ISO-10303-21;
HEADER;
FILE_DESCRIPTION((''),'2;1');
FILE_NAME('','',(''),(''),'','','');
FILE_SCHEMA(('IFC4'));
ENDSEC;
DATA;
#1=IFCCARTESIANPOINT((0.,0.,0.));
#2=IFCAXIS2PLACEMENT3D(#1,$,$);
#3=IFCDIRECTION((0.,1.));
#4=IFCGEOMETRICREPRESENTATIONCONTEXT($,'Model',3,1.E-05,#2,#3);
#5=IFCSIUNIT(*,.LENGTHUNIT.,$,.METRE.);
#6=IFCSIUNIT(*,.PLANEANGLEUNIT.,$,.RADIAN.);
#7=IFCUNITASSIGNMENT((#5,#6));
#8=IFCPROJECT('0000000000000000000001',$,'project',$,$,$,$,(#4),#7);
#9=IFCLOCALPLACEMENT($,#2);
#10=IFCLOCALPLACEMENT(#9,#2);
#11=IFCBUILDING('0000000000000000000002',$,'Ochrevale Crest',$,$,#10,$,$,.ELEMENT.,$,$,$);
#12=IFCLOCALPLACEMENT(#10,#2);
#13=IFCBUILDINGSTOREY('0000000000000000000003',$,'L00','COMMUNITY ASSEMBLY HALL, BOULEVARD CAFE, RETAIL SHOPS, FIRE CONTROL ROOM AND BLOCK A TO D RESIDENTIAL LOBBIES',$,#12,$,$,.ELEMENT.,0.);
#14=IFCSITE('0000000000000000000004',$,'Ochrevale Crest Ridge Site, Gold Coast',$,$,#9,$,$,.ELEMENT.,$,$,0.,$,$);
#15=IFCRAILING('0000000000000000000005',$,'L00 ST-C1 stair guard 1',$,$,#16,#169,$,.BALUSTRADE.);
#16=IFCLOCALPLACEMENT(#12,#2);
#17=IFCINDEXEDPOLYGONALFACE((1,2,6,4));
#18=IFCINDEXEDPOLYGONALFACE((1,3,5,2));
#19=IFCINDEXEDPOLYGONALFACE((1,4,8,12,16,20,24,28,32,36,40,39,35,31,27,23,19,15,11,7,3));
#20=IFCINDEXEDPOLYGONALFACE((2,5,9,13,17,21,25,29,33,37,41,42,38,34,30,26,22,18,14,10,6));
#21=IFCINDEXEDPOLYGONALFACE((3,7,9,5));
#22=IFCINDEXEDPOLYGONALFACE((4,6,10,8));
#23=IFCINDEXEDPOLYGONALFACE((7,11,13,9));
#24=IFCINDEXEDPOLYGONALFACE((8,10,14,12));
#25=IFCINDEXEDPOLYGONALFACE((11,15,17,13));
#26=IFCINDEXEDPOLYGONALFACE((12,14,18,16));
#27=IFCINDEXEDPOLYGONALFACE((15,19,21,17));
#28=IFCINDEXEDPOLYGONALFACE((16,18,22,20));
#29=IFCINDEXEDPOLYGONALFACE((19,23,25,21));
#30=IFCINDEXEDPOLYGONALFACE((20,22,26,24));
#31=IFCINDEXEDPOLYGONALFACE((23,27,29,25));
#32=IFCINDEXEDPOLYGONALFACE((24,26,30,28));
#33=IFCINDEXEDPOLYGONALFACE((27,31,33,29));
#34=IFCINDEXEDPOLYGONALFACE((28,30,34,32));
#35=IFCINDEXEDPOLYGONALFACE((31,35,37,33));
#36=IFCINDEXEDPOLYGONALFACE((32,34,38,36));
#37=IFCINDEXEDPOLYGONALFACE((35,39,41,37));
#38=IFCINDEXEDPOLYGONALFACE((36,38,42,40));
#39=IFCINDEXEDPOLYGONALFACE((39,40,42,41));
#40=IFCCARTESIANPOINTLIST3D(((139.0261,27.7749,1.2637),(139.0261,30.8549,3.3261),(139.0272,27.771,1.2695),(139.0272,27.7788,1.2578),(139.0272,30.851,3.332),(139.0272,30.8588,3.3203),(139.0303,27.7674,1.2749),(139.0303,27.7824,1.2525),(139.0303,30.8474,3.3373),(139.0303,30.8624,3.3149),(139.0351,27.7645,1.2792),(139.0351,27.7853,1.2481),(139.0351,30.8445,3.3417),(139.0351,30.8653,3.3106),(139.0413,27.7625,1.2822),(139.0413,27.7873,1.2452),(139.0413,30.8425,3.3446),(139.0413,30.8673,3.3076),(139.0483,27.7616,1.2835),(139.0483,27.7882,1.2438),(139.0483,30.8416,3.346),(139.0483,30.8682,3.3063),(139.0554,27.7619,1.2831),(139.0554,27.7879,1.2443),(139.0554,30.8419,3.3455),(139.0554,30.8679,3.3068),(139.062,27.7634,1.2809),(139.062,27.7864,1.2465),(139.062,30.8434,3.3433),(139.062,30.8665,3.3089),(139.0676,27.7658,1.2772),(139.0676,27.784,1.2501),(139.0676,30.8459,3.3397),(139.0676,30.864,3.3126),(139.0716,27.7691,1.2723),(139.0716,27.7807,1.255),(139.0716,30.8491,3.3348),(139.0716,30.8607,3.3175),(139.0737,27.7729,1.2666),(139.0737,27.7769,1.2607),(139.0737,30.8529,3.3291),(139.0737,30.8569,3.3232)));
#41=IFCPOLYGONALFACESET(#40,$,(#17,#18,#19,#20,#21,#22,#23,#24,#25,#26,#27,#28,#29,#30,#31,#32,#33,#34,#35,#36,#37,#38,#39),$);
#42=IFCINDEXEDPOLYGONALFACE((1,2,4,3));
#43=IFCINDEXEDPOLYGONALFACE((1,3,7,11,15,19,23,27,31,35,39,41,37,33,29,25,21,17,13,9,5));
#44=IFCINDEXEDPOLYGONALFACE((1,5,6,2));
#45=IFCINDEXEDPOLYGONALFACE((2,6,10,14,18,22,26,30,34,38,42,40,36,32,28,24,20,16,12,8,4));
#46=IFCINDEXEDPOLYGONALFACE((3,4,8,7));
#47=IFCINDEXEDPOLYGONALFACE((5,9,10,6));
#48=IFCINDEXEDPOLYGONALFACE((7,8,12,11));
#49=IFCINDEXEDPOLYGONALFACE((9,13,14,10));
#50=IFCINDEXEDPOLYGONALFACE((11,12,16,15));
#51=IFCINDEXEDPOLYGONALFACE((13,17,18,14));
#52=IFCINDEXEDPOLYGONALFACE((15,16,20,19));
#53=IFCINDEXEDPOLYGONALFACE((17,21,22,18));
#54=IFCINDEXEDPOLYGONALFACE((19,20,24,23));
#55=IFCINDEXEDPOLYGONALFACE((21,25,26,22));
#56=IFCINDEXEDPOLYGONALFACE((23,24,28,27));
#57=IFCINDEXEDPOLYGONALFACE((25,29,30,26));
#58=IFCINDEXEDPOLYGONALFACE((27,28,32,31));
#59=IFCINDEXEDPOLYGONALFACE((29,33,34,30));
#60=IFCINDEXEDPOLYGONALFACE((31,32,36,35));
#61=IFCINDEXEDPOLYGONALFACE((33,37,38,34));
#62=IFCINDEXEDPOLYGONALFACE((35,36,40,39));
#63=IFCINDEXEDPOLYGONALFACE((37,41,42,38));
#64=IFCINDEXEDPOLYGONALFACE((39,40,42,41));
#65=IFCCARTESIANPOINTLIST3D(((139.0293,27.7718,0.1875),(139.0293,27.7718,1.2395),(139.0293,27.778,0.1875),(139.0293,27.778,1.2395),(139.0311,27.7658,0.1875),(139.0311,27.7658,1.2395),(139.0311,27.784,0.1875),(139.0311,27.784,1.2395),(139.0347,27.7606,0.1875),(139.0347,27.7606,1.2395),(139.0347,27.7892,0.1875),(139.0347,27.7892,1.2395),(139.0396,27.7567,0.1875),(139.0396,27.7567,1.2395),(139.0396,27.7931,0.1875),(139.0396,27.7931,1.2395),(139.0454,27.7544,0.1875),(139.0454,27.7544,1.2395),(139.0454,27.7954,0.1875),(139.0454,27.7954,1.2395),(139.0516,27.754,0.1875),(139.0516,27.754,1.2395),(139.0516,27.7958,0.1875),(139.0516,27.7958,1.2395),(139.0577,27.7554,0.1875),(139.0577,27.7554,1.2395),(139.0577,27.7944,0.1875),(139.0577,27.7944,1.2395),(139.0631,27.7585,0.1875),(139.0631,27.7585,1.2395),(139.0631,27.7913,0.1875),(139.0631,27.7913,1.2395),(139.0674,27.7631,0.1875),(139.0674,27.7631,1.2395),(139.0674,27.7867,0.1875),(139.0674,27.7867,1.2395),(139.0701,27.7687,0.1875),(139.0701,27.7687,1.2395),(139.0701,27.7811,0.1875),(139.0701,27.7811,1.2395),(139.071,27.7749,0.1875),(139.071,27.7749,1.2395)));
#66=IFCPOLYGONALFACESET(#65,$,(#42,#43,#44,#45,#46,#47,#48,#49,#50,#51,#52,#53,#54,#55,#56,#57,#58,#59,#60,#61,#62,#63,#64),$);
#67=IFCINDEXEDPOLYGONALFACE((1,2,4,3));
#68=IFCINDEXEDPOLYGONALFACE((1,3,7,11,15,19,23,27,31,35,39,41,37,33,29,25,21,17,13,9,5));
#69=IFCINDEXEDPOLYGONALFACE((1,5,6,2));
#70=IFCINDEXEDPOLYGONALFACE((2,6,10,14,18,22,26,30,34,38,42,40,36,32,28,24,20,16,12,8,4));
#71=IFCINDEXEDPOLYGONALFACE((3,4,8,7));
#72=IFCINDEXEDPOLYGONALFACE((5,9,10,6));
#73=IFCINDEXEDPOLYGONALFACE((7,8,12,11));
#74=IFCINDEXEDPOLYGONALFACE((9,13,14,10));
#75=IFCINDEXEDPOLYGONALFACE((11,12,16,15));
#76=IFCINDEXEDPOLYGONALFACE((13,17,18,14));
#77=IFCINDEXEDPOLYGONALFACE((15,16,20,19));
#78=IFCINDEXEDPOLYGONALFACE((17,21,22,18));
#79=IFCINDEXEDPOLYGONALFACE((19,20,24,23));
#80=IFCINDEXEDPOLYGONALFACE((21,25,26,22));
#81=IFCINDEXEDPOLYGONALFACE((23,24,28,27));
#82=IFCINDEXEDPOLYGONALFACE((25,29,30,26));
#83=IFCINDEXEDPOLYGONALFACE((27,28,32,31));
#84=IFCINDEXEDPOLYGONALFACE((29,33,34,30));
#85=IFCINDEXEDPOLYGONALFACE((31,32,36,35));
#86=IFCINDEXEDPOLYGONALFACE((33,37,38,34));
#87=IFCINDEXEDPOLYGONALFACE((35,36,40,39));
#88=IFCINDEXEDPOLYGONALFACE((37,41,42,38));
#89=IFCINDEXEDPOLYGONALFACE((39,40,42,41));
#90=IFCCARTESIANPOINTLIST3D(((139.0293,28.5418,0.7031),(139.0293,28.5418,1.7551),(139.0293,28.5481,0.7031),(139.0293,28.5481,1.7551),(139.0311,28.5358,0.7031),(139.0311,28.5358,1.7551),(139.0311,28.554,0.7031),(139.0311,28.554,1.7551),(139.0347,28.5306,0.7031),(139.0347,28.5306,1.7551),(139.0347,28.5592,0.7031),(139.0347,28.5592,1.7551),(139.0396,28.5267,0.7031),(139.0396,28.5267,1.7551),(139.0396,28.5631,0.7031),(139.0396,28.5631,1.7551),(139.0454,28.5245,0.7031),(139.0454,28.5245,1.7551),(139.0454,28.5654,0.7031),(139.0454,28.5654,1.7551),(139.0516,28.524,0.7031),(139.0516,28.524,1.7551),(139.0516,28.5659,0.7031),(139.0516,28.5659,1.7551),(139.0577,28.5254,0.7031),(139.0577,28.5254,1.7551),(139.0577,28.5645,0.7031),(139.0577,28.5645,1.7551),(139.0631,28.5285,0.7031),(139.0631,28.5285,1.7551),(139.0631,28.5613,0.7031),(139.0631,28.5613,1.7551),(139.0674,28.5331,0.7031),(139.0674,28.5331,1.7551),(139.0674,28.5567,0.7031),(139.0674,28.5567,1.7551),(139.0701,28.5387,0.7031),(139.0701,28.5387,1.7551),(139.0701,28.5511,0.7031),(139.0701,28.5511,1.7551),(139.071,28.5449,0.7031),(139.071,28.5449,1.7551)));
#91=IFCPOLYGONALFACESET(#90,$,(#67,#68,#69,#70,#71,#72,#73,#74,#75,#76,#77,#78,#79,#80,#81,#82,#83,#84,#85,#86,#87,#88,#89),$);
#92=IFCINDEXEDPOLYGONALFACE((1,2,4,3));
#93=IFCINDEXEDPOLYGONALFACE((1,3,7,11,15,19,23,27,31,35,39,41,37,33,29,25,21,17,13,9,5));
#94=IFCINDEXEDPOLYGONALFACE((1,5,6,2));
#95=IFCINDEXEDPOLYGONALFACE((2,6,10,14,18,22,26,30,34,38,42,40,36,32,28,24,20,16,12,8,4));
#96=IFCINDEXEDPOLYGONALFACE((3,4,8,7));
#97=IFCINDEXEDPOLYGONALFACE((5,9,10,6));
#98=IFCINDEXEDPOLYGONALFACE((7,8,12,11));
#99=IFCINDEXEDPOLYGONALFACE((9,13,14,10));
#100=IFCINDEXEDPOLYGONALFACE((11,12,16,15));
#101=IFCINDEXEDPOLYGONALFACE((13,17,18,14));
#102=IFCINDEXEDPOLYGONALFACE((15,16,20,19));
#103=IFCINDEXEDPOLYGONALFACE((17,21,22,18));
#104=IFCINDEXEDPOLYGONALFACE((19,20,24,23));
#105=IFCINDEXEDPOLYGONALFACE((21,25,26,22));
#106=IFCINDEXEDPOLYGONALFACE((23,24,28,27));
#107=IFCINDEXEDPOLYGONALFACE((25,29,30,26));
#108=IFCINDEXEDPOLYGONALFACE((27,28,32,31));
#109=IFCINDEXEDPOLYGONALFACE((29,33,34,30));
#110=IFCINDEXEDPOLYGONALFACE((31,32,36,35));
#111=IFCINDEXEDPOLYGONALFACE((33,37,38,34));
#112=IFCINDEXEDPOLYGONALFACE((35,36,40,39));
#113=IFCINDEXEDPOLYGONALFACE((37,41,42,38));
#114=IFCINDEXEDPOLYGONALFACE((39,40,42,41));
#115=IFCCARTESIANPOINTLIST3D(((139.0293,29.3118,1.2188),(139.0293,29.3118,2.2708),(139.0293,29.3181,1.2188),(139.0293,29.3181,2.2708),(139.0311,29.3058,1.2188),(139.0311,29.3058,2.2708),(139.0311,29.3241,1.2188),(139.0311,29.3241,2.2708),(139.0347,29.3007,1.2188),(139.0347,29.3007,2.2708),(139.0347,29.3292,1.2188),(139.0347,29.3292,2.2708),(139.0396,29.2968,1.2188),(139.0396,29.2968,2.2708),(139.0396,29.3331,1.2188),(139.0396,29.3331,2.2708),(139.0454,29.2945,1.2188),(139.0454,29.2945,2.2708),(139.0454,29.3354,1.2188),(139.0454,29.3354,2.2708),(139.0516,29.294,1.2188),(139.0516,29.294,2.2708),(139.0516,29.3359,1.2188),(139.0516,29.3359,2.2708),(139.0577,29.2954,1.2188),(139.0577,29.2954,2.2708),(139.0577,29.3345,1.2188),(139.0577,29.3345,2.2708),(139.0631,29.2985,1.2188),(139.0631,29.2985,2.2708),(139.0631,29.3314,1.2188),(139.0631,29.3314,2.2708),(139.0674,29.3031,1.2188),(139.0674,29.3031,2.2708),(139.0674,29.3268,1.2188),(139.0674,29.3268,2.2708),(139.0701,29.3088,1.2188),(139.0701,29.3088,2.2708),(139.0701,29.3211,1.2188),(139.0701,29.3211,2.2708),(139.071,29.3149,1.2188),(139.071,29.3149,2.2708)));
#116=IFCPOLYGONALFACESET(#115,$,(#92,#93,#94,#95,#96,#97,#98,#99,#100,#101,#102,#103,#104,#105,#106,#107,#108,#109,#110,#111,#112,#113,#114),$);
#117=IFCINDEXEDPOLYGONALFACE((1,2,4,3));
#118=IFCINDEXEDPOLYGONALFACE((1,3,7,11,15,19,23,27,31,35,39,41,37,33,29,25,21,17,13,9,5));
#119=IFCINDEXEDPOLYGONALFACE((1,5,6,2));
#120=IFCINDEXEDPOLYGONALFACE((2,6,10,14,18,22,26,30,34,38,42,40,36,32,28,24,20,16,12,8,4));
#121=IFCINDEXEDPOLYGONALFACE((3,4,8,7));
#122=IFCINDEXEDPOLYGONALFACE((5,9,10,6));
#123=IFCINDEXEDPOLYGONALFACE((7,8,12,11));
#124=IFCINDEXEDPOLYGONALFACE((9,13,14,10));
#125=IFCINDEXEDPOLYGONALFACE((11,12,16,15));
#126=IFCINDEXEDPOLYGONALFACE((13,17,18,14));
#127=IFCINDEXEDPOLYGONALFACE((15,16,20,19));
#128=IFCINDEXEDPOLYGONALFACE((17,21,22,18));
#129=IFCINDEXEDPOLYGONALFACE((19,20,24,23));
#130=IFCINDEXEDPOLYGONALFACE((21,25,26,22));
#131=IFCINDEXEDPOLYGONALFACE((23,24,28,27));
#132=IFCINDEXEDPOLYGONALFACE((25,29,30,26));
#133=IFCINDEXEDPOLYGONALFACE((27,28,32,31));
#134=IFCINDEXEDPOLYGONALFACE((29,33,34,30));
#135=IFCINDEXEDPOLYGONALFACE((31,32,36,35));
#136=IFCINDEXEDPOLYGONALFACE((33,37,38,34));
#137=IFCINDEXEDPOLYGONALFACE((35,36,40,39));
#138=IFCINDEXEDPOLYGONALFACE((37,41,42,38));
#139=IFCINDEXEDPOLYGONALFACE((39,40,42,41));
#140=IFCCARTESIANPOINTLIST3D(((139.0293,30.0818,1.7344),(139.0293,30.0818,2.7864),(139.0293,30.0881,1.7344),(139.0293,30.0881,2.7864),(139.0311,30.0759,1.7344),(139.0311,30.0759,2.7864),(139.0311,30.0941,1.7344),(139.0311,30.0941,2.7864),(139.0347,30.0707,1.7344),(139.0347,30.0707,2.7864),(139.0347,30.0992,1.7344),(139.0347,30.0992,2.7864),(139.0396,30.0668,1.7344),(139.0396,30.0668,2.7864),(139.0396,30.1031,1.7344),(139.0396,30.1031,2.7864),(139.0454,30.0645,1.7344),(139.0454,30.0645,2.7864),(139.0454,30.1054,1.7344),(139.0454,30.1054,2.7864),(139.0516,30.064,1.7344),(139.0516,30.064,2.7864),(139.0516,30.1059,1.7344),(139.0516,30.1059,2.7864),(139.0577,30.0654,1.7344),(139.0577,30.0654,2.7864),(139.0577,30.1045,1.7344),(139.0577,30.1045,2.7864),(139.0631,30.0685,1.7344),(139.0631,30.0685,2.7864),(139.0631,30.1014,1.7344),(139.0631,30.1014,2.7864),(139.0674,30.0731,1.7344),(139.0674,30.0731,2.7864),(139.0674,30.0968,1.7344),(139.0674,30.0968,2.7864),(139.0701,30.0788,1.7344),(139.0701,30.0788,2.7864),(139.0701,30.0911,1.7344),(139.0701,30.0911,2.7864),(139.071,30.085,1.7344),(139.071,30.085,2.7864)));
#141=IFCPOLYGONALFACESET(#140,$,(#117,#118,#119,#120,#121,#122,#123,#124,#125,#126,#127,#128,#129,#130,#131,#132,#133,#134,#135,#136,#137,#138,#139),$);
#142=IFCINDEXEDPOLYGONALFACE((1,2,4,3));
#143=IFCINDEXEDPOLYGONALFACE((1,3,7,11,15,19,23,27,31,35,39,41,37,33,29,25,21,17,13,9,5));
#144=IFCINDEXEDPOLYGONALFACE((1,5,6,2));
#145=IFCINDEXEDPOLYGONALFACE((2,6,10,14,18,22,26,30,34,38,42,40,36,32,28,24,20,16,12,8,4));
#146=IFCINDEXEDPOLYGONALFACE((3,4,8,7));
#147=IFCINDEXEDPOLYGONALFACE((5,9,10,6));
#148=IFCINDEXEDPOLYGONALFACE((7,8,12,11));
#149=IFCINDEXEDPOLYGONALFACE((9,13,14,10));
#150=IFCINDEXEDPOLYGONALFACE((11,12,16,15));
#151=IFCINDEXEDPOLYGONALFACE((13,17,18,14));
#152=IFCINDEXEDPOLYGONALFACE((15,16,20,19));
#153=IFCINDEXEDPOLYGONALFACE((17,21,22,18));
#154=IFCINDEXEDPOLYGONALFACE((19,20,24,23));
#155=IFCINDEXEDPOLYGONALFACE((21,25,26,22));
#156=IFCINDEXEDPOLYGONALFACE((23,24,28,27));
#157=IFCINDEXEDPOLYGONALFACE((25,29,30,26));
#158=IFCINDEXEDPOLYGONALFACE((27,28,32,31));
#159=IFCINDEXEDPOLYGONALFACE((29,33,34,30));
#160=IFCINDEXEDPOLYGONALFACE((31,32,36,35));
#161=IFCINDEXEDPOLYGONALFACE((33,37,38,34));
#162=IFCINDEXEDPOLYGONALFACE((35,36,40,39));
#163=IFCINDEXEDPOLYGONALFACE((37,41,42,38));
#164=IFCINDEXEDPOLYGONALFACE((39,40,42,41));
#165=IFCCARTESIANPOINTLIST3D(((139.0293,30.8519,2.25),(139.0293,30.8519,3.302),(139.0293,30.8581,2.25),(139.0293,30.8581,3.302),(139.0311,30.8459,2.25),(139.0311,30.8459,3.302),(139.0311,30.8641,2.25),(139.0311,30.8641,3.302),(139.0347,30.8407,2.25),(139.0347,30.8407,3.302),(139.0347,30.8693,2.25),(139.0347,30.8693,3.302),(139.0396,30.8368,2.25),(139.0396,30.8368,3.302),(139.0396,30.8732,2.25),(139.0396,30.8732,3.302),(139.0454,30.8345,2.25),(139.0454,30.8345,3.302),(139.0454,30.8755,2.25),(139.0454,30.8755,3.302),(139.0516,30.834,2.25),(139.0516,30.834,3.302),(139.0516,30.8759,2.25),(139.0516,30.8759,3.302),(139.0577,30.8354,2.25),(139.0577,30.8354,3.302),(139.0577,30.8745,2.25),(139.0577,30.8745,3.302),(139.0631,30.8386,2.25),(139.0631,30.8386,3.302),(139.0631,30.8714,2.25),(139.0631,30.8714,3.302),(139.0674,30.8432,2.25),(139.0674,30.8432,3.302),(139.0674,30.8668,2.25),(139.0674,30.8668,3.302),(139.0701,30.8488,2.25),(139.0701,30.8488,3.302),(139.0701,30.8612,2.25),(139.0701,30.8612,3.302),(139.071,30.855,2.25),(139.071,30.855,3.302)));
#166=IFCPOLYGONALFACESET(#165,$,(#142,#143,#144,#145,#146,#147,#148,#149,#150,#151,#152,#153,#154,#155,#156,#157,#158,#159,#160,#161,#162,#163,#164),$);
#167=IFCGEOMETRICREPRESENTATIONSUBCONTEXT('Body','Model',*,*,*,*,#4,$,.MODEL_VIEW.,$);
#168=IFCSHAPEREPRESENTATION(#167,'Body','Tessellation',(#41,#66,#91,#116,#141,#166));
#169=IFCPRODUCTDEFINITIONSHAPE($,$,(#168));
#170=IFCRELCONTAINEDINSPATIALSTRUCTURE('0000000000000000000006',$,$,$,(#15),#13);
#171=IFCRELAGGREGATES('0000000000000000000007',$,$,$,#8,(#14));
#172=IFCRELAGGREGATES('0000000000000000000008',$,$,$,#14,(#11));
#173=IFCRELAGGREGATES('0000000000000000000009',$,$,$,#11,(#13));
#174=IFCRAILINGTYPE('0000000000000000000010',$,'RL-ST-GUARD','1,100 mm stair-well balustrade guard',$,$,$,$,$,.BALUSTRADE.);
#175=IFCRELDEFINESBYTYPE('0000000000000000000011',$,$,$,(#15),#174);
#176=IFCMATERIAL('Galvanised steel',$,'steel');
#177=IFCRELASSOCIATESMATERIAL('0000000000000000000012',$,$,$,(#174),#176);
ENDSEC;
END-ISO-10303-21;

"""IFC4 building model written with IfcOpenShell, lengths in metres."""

from ifc_helpers import new_model, si_unit, direction, frame, origin, origin_2d, place, context, subcontext, project, spatial, circle, extrude, material, type_object, element, save


model = new_model("IFC4")

# Units and contexts
model_context = context("Model", 3, precision=1e-05, world=origin(), true_north=direction((0.0, 1.0)))
body_context = subcontext(model_context, "Body", "Model", "MODEL_VIEW")
ifc_project = project(units=[si_unit("LENGTHUNIT", "METRE"), si_unit("PLANEANGLEUNIT", "RADIAN")], contexts=[model_context])

# Site, building, storey
site_placement = place(None, origin())
site = spatial("IfcSite", under=ifc_project, at=site_placement, Name="Ochrevale Crest Ridge Site, Gold Coast", CompositionType="ELEMENT", RefElevation=0.0)
building_placement = place(site_placement, origin())
building = spatial("IfcBuilding", under=site, at=building_placement, Name="Ochrevale Crest", CompositionType="ELEMENT")
storey_placement = place(building_placement, origin())
storey = spatial("IfcBuildingStorey", under=building, at=storey_placement, Name="L00", Description="COMMUNITY ASSEMBLY HALL, BOULEVARD CAFE, RETAIL SHOPS, FIRE CONTROL ROOM AND BLOCK A TO D RESIDENTIAL LOBBIES", CompositionType="ELEMENT", Elevation=0.0)

# Railing
ifc_material_1 = material(Name="Galvanised steel", Category="steel")
railing_type_1 = type_object("IfcRailingType", Name="RL-ST-GUARD", Description="1,100 mm stair-well balustrade guard", PredefinedType="BALUSTRADE", material=ifc_material_1)
railing_1_placement = place(storey_placement, frame((139.05, 27.7749, 0.1875)))
element("IfcRailing", 1, at=railing_1_placement, inside=storey, type_object=railing_type_1, Name="L00 ST-C1 stair guard 1", PredefinedType="BALUSTRADE", context=body_context, shape_type="SweptSolid", body=[
    extrude(circle(Radius=0.0239, at=origin_2d()), frame((0.0, 0.0, 1.0762), z_axis=(0.0, 0.830914, 0.556401), x_axis=(-1.0, 0.0, 0.0)), (0.0, 0.0, 1.0), 3.7068),
    extrude(circle(Radius=0.021, at=origin_2d()), origin(), (0.0, 0.0, 1.0), 1.052),
    extrude(circle(Radius=0.021, at=origin_2d()), frame((0.0, 0.77, 0.5156)), (0.0, 0.0, 1.0), 1.052),
    extrude(circle(Radius=0.021, at=origin_2d()), frame((0.0, 1.54, 1.0312)), (0.0, 0.0, 1.0), 1.052),
    extrude(circle(Radius=0.021, at=origin_2d()), frame((0.0, 2.3101, 1.5469)), (0.0, 0.0, 1.0), 1.052),
    extrude(circle(Radius=0.021, at=origin_2d()), frame((0.0, 3.0801, 2.0625)), (0.0, 0.0, 1.0), 1.052),
])

save(model, "model.ifc")
